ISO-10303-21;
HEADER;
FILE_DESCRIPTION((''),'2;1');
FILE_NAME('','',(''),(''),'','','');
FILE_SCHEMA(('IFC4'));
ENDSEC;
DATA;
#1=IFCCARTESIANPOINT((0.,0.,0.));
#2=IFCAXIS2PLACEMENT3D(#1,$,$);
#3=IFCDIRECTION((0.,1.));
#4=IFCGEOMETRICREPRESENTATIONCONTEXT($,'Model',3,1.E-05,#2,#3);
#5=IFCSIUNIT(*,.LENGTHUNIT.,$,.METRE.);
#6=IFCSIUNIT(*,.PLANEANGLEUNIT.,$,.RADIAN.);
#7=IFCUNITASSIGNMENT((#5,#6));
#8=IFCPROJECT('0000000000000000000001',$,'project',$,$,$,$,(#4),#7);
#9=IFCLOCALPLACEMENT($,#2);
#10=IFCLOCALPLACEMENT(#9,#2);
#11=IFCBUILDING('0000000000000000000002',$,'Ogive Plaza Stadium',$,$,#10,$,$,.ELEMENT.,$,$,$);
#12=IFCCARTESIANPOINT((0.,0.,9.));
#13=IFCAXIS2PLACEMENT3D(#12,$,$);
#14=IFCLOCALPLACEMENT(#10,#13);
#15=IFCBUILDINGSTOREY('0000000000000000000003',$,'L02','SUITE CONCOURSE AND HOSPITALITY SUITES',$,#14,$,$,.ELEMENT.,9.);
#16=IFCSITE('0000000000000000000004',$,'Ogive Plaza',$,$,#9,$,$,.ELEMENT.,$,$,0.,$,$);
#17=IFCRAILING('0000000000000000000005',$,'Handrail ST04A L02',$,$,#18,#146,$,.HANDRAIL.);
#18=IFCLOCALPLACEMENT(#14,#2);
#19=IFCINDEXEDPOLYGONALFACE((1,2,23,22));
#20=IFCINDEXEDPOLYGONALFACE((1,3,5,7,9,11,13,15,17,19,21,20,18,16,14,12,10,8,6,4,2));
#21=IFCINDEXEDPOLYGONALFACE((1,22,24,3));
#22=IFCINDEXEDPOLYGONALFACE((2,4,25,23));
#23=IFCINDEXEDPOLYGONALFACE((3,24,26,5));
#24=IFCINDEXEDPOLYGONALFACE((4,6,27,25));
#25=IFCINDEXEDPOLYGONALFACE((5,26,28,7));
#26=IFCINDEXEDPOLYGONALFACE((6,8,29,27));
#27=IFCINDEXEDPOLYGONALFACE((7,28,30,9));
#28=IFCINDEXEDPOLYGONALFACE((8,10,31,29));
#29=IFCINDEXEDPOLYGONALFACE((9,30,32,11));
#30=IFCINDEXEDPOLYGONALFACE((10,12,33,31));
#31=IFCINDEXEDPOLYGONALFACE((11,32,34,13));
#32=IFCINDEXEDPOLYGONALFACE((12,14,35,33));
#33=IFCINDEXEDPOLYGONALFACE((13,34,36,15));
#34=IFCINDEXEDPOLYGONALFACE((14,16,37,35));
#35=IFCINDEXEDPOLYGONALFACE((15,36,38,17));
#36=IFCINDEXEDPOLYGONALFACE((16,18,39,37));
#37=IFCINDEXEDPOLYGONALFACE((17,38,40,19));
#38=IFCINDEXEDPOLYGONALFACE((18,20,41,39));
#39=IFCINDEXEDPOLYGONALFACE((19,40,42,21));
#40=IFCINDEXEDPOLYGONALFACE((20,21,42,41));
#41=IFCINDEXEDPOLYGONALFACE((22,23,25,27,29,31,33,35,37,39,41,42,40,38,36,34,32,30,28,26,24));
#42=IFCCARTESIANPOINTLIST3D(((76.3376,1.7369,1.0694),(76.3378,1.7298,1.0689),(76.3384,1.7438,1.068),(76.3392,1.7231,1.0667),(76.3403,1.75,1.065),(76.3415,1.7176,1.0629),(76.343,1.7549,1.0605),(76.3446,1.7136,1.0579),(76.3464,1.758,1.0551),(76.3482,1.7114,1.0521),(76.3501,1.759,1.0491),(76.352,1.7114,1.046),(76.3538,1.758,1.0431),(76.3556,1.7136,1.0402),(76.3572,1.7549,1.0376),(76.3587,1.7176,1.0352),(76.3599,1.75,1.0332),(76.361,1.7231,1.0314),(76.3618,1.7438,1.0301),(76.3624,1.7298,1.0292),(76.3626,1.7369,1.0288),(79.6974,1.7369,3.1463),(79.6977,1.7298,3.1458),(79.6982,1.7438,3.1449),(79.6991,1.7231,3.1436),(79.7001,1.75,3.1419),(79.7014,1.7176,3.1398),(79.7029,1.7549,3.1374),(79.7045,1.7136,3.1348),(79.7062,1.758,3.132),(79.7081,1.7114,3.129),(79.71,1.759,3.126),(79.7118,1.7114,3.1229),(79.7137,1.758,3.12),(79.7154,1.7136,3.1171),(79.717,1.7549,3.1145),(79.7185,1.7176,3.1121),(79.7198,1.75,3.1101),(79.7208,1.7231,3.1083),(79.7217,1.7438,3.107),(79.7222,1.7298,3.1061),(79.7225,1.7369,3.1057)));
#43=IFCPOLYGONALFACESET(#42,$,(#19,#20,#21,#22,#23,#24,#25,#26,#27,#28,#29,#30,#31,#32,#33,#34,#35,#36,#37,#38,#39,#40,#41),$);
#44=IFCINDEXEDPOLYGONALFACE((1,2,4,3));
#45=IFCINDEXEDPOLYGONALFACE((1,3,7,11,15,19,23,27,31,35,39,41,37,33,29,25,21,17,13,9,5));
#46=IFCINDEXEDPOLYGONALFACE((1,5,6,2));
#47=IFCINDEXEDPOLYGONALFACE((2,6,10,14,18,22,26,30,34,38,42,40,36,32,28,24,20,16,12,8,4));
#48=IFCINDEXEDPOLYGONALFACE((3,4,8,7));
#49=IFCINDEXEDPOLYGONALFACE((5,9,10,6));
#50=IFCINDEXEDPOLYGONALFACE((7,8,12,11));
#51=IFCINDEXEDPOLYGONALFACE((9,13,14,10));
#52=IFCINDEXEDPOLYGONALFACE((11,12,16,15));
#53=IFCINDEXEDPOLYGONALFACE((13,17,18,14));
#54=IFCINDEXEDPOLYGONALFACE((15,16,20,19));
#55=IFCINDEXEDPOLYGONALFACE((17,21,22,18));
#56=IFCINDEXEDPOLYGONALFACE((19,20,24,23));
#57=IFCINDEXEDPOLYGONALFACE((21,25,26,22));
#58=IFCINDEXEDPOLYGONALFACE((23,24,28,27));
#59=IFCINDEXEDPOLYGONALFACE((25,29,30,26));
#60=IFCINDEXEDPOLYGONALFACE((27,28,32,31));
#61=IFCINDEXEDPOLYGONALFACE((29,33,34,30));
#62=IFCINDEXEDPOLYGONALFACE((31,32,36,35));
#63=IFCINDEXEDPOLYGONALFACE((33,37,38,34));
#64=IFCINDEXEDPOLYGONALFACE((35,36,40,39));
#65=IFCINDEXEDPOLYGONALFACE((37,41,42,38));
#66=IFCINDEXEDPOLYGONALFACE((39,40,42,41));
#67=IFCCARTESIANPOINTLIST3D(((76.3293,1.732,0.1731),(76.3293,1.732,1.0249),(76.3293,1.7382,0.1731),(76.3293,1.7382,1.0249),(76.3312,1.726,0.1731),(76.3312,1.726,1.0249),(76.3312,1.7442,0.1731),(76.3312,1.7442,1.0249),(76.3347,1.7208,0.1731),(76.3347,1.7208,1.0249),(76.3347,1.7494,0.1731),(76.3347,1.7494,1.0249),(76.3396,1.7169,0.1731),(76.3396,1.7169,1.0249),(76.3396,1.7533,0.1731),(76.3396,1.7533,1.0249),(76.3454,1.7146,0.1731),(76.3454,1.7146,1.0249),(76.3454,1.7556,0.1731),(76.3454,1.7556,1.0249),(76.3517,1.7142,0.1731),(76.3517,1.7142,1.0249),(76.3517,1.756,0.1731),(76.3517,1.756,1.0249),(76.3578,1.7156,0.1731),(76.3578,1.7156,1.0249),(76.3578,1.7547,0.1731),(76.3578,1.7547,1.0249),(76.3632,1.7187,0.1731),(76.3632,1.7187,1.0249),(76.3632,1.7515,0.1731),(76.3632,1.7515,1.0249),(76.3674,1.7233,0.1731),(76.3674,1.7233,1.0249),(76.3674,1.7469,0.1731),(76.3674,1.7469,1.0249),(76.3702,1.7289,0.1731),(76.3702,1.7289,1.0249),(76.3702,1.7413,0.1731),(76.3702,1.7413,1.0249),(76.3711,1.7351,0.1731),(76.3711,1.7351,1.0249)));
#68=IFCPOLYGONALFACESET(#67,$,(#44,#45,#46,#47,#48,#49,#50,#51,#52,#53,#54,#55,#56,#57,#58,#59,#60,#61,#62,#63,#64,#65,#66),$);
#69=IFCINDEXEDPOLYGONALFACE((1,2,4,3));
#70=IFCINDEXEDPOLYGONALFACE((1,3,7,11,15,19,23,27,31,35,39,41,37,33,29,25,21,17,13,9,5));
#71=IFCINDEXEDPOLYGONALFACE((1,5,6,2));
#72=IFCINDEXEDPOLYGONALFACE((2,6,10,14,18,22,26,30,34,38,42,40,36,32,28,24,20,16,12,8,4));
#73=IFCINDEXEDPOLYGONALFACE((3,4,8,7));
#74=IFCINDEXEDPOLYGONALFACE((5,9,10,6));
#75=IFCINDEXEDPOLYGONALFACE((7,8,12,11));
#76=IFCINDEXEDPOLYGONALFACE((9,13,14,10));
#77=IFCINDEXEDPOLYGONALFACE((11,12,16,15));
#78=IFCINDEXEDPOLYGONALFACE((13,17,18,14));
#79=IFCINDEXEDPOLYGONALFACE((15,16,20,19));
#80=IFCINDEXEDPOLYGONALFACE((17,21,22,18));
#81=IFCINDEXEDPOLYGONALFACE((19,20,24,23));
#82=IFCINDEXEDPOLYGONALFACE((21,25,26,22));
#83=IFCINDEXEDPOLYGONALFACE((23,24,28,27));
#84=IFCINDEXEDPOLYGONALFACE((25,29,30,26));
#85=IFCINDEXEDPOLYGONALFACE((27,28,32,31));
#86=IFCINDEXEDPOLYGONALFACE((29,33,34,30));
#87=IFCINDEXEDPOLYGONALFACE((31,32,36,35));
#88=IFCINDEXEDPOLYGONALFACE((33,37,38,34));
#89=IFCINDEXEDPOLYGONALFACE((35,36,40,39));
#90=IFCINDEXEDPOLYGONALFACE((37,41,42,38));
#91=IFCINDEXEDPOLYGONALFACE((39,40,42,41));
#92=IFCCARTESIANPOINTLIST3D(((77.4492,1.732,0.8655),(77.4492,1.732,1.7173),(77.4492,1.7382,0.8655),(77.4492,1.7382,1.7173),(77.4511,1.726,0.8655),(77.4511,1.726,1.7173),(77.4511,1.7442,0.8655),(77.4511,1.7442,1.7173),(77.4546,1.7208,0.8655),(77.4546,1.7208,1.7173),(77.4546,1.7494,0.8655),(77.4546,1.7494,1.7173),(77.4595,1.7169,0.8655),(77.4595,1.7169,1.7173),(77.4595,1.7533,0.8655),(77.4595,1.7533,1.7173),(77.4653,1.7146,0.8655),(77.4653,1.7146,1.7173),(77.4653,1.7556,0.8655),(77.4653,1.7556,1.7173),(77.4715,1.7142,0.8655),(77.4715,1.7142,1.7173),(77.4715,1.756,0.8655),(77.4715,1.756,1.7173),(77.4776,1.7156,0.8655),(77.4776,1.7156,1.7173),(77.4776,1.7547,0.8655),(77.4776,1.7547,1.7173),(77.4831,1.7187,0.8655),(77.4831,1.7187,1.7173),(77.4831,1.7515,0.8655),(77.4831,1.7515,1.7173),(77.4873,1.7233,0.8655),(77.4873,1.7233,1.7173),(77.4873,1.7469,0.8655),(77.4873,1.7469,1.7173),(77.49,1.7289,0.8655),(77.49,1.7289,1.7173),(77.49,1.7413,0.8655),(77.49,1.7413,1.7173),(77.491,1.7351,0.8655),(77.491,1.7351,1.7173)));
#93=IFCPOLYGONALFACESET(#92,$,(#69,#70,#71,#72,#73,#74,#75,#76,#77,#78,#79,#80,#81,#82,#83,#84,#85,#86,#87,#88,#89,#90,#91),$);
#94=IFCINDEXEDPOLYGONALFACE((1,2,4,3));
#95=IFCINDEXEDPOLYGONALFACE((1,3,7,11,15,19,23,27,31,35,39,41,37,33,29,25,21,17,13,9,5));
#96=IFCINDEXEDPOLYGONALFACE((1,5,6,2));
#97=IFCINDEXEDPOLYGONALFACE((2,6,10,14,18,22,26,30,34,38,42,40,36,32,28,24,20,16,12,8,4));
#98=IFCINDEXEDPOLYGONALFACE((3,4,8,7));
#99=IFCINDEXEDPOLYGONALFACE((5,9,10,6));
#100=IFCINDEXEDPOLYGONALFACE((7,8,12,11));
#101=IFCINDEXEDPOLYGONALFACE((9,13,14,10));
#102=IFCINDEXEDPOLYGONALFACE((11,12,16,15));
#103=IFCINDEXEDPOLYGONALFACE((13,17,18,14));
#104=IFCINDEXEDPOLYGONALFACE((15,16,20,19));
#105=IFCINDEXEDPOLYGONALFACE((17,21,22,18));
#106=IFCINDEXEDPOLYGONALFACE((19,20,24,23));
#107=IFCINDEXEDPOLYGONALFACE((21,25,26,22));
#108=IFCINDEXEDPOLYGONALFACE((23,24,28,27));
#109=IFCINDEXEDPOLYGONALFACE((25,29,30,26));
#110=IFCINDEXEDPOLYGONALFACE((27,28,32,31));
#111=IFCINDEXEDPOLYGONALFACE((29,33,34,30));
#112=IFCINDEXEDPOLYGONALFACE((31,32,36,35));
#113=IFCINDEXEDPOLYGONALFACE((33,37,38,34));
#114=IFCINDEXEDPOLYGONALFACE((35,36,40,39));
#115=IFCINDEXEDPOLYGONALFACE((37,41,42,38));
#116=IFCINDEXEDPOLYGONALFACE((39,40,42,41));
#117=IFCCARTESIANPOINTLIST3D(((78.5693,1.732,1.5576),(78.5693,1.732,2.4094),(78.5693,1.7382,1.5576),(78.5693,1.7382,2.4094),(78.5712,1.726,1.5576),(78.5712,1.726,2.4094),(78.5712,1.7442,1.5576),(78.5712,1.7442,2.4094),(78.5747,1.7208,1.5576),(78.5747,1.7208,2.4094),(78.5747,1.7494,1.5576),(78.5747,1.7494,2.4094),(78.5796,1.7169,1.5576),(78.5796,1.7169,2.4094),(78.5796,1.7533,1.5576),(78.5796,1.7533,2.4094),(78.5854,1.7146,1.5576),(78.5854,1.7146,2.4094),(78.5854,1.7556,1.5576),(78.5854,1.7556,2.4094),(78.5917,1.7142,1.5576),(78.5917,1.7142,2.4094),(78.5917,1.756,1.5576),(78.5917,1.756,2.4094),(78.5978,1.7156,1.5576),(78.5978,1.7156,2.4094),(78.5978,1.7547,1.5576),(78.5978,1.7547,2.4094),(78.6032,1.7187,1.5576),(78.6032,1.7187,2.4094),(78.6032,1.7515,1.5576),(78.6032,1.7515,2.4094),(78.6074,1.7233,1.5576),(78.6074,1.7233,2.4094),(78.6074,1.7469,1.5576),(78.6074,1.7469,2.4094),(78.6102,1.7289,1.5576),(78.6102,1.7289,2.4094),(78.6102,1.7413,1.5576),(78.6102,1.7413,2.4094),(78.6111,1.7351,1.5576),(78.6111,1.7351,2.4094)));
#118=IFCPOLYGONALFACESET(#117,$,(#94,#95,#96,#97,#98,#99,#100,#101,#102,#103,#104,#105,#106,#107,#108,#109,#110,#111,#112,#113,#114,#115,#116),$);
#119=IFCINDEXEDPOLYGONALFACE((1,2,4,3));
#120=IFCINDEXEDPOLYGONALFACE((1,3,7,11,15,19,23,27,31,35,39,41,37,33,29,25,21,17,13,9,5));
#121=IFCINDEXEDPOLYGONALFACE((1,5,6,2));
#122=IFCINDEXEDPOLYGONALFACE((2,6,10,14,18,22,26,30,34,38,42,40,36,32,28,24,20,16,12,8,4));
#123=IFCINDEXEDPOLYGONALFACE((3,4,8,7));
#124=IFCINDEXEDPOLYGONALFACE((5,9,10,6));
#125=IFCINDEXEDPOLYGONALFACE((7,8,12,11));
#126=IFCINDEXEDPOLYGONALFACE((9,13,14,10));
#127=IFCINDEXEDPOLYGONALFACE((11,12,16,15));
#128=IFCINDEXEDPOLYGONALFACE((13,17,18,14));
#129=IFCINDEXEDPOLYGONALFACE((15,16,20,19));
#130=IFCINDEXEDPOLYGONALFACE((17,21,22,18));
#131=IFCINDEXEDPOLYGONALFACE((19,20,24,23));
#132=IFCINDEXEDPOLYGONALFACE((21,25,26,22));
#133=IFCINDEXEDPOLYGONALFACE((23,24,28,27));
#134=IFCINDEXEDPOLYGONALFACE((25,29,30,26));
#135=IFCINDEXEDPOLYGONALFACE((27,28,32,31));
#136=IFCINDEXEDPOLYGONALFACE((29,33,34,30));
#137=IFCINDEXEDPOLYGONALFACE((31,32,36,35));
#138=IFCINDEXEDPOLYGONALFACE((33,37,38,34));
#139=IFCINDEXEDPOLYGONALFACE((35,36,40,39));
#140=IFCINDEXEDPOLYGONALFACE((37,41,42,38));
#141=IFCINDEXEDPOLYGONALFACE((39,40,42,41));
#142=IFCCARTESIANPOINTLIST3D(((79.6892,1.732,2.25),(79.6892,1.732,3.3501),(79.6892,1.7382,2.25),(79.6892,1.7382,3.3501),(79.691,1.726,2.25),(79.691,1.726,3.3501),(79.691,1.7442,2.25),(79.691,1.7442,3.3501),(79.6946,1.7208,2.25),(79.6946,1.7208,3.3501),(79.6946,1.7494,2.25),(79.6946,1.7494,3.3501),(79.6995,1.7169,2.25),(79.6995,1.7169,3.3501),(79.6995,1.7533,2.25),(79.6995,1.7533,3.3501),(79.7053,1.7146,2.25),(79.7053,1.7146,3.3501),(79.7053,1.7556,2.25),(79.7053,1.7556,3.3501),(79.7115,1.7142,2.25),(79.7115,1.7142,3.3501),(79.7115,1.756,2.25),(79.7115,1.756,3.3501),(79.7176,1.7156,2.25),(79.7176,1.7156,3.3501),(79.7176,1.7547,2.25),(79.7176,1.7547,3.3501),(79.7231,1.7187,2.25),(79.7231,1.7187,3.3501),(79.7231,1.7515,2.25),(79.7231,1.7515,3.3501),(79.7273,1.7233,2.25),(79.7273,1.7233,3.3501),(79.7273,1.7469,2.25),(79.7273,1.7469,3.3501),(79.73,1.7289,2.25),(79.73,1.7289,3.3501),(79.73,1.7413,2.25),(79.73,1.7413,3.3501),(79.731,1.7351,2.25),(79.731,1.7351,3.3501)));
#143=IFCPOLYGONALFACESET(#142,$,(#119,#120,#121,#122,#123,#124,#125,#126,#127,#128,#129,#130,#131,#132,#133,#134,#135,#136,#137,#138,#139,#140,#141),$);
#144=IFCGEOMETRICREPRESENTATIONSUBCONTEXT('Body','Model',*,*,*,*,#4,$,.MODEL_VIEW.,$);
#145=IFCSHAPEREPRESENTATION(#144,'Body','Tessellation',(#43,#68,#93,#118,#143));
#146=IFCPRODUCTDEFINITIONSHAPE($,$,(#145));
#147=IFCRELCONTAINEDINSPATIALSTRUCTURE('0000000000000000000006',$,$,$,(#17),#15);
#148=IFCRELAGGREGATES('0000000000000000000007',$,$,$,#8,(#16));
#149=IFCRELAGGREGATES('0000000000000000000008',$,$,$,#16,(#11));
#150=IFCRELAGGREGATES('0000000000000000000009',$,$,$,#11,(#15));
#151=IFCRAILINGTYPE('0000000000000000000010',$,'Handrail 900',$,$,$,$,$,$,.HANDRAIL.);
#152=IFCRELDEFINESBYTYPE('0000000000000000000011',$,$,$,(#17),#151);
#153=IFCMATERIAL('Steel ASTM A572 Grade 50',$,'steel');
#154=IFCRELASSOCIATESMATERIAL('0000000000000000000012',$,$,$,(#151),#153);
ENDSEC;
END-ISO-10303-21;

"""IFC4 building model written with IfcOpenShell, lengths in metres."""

from ifc_helpers import new_model, si_unit, direction, frame, origin, origin_2d, place, context, subcontext, project, spatial, circle, extrude, material, type_object, element, save


model = new_model("IFC4")

# Units and contexts
model_context = context("Model", 3, precision=1e-05, world=origin(), true_north=direction((0.0, 1.0)))
body_context = subcontext(model_context, "Body", "Model", "MODEL_VIEW")
ifc_project = project(units=[si_unit("LENGTHUNIT", "METRE"), si_unit("PLANEANGLEUNIT", "RADIAN")], contexts=[model_context])

# Site, building, storey
site_placement = place(None, origin())
site = spatial("IfcSite", under=ifc_project, at=site_placement, Name="Ogive Plaza", CompositionType="ELEMENT", RefElevation=0.0)
building_placement = place(site_placement, origin())
building = spatial("IfcBuilding", under=site, at=building_placement, Name="Ogive Plaza Stadium", CompositionType="ELEMENT")
storey_placement = place(building_placement, frame((0.0, 0.0, 9.0)))
storey = spatial("IfcBuildingStorey", under=building, at=storey_placement, Name="L02", Description="SUITE CONCOURSE AND HOSPITALITY SUITES", CompositionType="ELEMENT", Elevation=9.0)

# Railing
ifc_material_1 = material(Name="Steel ASTM A572 Grade 50", Category="steel")
railing_type_1 = type_object("IfcRailingType", Name="Handrail 900", PredefinedType="HANDRAIL", material=ifc_material_1)
for number, where, name in (
    (1, (76.3501, 1.7351, 0.1731), "Handrail ST04A L02"),
):
    element("IfcRailing", number, at=place(storey_placement, frame(where)), inside=storey, type_object=railing_type_1, Name=name, PredefinedType="HANDRAIL", context=body_context, shape_type="SweptSolid", body=[
        extrude(circle(Radius=0.0239, at=origin_2d()), frame((0.0, 0.0, 0.876), z_axis=(0.850606, 0.0, 0.525803), x_axis=(0.0, 1.0, 0.0)), (0.0, 0.0, 1.0), 3.95),
        extrude(circle(Radius=0.021, at=origin_2d()), origin(), (0.0, 0.0, 1.0), 0.8518),
        extrude(circle(Radius=0.021, at=origin_2d()), frame((1.1199, 0.0, 0.6924)), (0.0, 0.0, 1.0), 0.8518),
        extrude(circle(Radius=0.021, at=origin_2d()), frame((2.24, 0.0, 1.3845)), (0.0, 0.0, 1.0), 0.8518),
        extrude(circle(Radius=0.021, at=origin_2d()), frame((3.3599, 0.0, 2.0769)), (0.0, 0.0, 1.0), 1.1001),
    ])

save(model, "model.ifc")
